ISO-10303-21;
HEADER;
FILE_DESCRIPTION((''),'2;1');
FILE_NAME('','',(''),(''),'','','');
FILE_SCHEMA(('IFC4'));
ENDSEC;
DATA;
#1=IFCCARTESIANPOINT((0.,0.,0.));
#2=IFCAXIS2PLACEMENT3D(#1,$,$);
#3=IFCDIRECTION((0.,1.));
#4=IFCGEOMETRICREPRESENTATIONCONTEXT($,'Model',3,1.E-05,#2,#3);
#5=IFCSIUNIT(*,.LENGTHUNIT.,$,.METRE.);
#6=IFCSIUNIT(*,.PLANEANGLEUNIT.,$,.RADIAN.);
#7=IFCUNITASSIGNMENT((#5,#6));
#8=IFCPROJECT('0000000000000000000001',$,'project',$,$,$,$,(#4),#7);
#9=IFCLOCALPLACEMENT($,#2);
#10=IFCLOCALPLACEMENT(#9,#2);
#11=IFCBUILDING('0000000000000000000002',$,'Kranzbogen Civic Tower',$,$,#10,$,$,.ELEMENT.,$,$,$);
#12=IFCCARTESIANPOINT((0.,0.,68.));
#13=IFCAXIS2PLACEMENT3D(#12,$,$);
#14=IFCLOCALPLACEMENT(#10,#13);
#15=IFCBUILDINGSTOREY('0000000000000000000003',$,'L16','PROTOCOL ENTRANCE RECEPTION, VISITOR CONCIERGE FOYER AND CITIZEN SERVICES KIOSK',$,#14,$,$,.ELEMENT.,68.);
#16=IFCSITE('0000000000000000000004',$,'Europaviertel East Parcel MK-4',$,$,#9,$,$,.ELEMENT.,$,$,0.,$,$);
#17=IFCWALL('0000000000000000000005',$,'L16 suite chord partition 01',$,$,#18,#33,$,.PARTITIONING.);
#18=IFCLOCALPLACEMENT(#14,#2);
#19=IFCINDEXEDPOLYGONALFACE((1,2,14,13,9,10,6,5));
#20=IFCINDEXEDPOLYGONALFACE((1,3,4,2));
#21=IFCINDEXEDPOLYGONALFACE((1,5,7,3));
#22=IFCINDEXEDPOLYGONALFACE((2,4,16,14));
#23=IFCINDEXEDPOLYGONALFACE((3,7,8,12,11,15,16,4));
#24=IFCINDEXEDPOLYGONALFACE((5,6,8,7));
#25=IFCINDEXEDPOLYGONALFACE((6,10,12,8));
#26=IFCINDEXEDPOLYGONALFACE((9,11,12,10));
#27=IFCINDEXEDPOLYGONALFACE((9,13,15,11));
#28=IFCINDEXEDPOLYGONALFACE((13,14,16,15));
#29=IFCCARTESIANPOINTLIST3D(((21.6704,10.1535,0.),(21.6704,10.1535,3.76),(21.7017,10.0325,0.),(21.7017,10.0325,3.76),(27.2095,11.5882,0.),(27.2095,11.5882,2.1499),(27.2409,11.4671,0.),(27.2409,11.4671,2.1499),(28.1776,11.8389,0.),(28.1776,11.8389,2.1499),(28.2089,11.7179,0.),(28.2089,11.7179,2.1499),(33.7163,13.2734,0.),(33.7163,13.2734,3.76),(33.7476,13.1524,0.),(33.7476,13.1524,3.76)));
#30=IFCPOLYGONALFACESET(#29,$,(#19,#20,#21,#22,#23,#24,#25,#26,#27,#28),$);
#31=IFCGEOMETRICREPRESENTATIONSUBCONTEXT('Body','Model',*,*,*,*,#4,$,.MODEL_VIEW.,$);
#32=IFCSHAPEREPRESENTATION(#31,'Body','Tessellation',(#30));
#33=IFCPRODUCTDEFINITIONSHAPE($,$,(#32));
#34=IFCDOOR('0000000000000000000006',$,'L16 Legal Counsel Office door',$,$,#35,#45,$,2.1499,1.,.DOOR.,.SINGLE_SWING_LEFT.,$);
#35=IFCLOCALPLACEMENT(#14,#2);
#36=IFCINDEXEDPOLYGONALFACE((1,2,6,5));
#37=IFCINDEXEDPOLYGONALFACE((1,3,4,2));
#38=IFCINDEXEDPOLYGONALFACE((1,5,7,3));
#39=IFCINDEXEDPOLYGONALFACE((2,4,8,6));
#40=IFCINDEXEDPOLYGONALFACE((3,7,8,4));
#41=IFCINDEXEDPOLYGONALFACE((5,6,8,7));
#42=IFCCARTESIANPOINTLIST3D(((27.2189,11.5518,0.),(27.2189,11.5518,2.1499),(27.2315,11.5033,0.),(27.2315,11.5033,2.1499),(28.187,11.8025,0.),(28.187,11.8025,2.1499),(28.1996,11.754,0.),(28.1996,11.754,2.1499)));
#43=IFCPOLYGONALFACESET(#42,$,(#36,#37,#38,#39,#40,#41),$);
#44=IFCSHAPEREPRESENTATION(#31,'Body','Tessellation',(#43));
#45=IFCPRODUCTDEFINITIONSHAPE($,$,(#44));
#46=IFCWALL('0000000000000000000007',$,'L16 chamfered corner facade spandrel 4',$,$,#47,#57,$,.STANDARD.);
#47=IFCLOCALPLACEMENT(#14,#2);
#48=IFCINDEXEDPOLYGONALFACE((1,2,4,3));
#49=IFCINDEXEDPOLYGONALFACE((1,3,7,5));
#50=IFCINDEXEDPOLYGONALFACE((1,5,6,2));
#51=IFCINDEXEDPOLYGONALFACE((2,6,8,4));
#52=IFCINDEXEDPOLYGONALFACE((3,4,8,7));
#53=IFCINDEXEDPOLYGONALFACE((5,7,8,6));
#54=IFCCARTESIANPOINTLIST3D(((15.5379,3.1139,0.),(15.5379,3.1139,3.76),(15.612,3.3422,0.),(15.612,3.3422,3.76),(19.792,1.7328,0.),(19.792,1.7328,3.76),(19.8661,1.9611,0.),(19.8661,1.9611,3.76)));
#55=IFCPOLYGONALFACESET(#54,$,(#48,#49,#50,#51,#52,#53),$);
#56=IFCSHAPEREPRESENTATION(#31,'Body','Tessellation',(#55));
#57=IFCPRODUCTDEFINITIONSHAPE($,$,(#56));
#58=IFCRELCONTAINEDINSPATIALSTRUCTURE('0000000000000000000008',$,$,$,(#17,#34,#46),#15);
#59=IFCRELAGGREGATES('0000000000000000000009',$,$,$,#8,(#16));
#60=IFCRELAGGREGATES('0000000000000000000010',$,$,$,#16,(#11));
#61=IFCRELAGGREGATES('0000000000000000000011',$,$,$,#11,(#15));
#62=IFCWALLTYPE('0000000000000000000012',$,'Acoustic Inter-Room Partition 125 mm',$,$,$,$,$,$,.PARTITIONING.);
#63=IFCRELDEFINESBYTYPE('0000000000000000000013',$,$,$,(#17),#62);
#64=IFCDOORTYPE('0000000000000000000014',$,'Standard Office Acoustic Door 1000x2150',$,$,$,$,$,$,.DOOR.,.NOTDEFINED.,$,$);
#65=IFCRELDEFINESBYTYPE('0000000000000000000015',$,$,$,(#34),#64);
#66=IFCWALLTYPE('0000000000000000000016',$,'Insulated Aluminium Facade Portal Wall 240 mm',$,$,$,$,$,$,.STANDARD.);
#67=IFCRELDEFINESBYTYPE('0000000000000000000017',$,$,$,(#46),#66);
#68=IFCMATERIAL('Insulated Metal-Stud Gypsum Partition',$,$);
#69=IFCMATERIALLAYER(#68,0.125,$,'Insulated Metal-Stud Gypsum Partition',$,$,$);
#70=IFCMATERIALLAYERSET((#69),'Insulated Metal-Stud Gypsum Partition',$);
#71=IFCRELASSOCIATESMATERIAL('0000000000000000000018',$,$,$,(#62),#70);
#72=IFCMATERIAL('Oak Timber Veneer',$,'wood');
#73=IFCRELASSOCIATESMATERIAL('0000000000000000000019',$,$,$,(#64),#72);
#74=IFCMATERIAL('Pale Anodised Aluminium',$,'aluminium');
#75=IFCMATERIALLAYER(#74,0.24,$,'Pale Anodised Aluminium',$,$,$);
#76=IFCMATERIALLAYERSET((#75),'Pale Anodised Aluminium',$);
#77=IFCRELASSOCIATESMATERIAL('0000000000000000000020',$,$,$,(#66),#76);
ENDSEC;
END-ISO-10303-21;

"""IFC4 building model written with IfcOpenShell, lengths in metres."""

from ifc_helpers import new_model, si_unit, direction, frame, frame_2d, origin, place, context, subcontext, project, spatial, rectangle, extrude, material, layer, layer_set, type_object, element, fill, save


model = new_model("IFC4")

# Units and contexts
model_context = context("Model", 3, precision=1e-05, world=origin(), true_north=direction((0.0, 1.0)))
body_context = subcontext(model_context, "Body", "Model", "MODEL_VIEW")
ifc_project = project(units=[si_unit("LENGTHUNIT", "METRE"), si_unit("PLANEANGLEUNIT", "RADIAN")], contexts=[model_context])

# Site, building, storey
site_placement = place(None, origin())
site = spatial("IfcSite", under=ifc_project, at=site_placement, Name="Europaviertel East Parcel MK-4", CompositionType="ELEMENT", RefElevation=0.0)
building_placement = place(site_placement, origin())
building = spatial("IfcBuilding", under=site, at=building_placement, Name="Kranzbogen Civic Tower", CompositionType="ELEMENT")
storey_placement = place(building_placement, frame((0.0, 0.0, 68.0)))
storey = spatial("IfcBuildingStorey", under=building, at=storey_placement, Name="L16", Description="PROTOCOL ENTRANCE RECEPTION, VISITOR CONCIERGE FOYER AND CITIZEN SERVICES KIOSK", CompositionType="ELEMENT", Elevation=68.0)

# Shared definitions
ifc_material_1 = material(Name="Pale Anodised Aluminium", Category="aluminium")

# Shared definitions
ifc_material_2 = material(Name="Insulated Metal-Stud Gypsum Partition")
ifc_layer_1 = layer(ifc_material_2, 0.125, Name="Insulated Metal-Stud Gypsum Partition")
ifc_layer_set_1 = layer_set([ifc_layer_1], Name="Insulated Metal-Stud Gypsum Partition")
wall_type_1 = type_object("IfcWallType", Name="Acoustic Inter-Room Partition 125 mm", PredefinedType="PARTITIONING", material=ifc_layer_set_1)

# Wall, opening, door
wall_1_placement = place(storey_placement, frame((21.686, 10.093, 0.0), z_axis=(0.0, 0.0, 1.0), x_axis=(0.968058, 0.250726, 0.0)))
wall_1 = element("IfcWall", 1, at=wall_1_placement, inside=storey, type_object=wall_type_1, Name="L16 suite chord partition 01", PredefinedType="PARTITIONING", context=body_context, shape_type="SweptSolid", body=[
    extrude(rectangle(XDim=12.4434, YDim=0.125, at=frame_2d((6.2217, 0.0))), origin(), (0.0, 0.0, 1.0), 3.76),
])
opening_placement = place(wall_1_placement, frame((5.7219, 0.0, 0.0)))
opening = element("IfcOpeningElement", 2, at=opening_placement, cuts=wall_1, PredefinedType="OPENING", context=body_context, shape_type="SweptSolid", body=[
    extrude(rectangle(XDim=1.0, YDim=2.1499, at=frame_2d((0.5, 1.075))), frame((0.0, 0.0725, 0.0), z_axis=(0.0, -1.0, 0.0), x_axis=(1.0, 0.0, 0.0)), (0.0, 0.0, 1.0), 0.145),
])
ifc_material_3 = material(Name="Oak Timber Veneer", Category="wood")
door_type = type_object("IfcDoorType", Name="Standard Office Acoustic Door 1000x2150", OperationType="NOTDEFINED", PredefinedType="DOOR", material=ifc_material_3)
door_placement = place(opening_placement, origin())
door = element("IfcDoor", 3, at=door_placement, inside=storey, type_object=door_type, Name="L16 Legal Counsel Office door", OperationType="SINGLE_SWING_LEFT", OverallHeight=2.1499, OverallWidth=1.0, PredefinedType="DOOR", context=body_context, shape_type="SweptSolid", body=[
    extrude(rectangle(XDim=1.0, YDim=2.1499, at=frame_2d((0.5, 1.075))), frame((0.0, 0.0249, 0.0), z_axis=(0.0, -1.0, 0.0), x_axis=(1.0, 0.0, 0.0)), (0.0, 0.0, 1.0), 0.05),
])
fill(opening, door)

# Wall
ifc_layer_2 = layer(ifc_material_1, 0.24, Name="Pale Anodised Aluminium")
ifc_layer_set_2 = layer_set([ifc_layer_2], Name="Pale Anodised Aluminium")
wall_type_2 = type_object("IfcWallType", Name="Insulated Aluminium Facade Portal Wall 240 mm", PredefinedType="STANDARD", material=ifc_layer_set_2)
wall_2_placement = place(storey_placement, frame((15.575, 3.228, 0.0), z_axis=(0.0, 0.0, 1.0), x_axis=(0.951132, -0.308784, 0.0)))
element("IfcWall", 4, at=wall_2_placement, inside=storey, type_object=wall_type_2, Name="L16 chamfered corner facade spandrel 4", PredefinedType="STANDARD", context=body_context, shape_type="SweptSolid", body=[
    extrude(rectangle(XDim=4.4727, YDim=0.24, at=frame_2d((2.2363, 0.0))), origin(), (0.0, 0.0, 1.0), 3.76),
])

save(model, "model.ifc")
